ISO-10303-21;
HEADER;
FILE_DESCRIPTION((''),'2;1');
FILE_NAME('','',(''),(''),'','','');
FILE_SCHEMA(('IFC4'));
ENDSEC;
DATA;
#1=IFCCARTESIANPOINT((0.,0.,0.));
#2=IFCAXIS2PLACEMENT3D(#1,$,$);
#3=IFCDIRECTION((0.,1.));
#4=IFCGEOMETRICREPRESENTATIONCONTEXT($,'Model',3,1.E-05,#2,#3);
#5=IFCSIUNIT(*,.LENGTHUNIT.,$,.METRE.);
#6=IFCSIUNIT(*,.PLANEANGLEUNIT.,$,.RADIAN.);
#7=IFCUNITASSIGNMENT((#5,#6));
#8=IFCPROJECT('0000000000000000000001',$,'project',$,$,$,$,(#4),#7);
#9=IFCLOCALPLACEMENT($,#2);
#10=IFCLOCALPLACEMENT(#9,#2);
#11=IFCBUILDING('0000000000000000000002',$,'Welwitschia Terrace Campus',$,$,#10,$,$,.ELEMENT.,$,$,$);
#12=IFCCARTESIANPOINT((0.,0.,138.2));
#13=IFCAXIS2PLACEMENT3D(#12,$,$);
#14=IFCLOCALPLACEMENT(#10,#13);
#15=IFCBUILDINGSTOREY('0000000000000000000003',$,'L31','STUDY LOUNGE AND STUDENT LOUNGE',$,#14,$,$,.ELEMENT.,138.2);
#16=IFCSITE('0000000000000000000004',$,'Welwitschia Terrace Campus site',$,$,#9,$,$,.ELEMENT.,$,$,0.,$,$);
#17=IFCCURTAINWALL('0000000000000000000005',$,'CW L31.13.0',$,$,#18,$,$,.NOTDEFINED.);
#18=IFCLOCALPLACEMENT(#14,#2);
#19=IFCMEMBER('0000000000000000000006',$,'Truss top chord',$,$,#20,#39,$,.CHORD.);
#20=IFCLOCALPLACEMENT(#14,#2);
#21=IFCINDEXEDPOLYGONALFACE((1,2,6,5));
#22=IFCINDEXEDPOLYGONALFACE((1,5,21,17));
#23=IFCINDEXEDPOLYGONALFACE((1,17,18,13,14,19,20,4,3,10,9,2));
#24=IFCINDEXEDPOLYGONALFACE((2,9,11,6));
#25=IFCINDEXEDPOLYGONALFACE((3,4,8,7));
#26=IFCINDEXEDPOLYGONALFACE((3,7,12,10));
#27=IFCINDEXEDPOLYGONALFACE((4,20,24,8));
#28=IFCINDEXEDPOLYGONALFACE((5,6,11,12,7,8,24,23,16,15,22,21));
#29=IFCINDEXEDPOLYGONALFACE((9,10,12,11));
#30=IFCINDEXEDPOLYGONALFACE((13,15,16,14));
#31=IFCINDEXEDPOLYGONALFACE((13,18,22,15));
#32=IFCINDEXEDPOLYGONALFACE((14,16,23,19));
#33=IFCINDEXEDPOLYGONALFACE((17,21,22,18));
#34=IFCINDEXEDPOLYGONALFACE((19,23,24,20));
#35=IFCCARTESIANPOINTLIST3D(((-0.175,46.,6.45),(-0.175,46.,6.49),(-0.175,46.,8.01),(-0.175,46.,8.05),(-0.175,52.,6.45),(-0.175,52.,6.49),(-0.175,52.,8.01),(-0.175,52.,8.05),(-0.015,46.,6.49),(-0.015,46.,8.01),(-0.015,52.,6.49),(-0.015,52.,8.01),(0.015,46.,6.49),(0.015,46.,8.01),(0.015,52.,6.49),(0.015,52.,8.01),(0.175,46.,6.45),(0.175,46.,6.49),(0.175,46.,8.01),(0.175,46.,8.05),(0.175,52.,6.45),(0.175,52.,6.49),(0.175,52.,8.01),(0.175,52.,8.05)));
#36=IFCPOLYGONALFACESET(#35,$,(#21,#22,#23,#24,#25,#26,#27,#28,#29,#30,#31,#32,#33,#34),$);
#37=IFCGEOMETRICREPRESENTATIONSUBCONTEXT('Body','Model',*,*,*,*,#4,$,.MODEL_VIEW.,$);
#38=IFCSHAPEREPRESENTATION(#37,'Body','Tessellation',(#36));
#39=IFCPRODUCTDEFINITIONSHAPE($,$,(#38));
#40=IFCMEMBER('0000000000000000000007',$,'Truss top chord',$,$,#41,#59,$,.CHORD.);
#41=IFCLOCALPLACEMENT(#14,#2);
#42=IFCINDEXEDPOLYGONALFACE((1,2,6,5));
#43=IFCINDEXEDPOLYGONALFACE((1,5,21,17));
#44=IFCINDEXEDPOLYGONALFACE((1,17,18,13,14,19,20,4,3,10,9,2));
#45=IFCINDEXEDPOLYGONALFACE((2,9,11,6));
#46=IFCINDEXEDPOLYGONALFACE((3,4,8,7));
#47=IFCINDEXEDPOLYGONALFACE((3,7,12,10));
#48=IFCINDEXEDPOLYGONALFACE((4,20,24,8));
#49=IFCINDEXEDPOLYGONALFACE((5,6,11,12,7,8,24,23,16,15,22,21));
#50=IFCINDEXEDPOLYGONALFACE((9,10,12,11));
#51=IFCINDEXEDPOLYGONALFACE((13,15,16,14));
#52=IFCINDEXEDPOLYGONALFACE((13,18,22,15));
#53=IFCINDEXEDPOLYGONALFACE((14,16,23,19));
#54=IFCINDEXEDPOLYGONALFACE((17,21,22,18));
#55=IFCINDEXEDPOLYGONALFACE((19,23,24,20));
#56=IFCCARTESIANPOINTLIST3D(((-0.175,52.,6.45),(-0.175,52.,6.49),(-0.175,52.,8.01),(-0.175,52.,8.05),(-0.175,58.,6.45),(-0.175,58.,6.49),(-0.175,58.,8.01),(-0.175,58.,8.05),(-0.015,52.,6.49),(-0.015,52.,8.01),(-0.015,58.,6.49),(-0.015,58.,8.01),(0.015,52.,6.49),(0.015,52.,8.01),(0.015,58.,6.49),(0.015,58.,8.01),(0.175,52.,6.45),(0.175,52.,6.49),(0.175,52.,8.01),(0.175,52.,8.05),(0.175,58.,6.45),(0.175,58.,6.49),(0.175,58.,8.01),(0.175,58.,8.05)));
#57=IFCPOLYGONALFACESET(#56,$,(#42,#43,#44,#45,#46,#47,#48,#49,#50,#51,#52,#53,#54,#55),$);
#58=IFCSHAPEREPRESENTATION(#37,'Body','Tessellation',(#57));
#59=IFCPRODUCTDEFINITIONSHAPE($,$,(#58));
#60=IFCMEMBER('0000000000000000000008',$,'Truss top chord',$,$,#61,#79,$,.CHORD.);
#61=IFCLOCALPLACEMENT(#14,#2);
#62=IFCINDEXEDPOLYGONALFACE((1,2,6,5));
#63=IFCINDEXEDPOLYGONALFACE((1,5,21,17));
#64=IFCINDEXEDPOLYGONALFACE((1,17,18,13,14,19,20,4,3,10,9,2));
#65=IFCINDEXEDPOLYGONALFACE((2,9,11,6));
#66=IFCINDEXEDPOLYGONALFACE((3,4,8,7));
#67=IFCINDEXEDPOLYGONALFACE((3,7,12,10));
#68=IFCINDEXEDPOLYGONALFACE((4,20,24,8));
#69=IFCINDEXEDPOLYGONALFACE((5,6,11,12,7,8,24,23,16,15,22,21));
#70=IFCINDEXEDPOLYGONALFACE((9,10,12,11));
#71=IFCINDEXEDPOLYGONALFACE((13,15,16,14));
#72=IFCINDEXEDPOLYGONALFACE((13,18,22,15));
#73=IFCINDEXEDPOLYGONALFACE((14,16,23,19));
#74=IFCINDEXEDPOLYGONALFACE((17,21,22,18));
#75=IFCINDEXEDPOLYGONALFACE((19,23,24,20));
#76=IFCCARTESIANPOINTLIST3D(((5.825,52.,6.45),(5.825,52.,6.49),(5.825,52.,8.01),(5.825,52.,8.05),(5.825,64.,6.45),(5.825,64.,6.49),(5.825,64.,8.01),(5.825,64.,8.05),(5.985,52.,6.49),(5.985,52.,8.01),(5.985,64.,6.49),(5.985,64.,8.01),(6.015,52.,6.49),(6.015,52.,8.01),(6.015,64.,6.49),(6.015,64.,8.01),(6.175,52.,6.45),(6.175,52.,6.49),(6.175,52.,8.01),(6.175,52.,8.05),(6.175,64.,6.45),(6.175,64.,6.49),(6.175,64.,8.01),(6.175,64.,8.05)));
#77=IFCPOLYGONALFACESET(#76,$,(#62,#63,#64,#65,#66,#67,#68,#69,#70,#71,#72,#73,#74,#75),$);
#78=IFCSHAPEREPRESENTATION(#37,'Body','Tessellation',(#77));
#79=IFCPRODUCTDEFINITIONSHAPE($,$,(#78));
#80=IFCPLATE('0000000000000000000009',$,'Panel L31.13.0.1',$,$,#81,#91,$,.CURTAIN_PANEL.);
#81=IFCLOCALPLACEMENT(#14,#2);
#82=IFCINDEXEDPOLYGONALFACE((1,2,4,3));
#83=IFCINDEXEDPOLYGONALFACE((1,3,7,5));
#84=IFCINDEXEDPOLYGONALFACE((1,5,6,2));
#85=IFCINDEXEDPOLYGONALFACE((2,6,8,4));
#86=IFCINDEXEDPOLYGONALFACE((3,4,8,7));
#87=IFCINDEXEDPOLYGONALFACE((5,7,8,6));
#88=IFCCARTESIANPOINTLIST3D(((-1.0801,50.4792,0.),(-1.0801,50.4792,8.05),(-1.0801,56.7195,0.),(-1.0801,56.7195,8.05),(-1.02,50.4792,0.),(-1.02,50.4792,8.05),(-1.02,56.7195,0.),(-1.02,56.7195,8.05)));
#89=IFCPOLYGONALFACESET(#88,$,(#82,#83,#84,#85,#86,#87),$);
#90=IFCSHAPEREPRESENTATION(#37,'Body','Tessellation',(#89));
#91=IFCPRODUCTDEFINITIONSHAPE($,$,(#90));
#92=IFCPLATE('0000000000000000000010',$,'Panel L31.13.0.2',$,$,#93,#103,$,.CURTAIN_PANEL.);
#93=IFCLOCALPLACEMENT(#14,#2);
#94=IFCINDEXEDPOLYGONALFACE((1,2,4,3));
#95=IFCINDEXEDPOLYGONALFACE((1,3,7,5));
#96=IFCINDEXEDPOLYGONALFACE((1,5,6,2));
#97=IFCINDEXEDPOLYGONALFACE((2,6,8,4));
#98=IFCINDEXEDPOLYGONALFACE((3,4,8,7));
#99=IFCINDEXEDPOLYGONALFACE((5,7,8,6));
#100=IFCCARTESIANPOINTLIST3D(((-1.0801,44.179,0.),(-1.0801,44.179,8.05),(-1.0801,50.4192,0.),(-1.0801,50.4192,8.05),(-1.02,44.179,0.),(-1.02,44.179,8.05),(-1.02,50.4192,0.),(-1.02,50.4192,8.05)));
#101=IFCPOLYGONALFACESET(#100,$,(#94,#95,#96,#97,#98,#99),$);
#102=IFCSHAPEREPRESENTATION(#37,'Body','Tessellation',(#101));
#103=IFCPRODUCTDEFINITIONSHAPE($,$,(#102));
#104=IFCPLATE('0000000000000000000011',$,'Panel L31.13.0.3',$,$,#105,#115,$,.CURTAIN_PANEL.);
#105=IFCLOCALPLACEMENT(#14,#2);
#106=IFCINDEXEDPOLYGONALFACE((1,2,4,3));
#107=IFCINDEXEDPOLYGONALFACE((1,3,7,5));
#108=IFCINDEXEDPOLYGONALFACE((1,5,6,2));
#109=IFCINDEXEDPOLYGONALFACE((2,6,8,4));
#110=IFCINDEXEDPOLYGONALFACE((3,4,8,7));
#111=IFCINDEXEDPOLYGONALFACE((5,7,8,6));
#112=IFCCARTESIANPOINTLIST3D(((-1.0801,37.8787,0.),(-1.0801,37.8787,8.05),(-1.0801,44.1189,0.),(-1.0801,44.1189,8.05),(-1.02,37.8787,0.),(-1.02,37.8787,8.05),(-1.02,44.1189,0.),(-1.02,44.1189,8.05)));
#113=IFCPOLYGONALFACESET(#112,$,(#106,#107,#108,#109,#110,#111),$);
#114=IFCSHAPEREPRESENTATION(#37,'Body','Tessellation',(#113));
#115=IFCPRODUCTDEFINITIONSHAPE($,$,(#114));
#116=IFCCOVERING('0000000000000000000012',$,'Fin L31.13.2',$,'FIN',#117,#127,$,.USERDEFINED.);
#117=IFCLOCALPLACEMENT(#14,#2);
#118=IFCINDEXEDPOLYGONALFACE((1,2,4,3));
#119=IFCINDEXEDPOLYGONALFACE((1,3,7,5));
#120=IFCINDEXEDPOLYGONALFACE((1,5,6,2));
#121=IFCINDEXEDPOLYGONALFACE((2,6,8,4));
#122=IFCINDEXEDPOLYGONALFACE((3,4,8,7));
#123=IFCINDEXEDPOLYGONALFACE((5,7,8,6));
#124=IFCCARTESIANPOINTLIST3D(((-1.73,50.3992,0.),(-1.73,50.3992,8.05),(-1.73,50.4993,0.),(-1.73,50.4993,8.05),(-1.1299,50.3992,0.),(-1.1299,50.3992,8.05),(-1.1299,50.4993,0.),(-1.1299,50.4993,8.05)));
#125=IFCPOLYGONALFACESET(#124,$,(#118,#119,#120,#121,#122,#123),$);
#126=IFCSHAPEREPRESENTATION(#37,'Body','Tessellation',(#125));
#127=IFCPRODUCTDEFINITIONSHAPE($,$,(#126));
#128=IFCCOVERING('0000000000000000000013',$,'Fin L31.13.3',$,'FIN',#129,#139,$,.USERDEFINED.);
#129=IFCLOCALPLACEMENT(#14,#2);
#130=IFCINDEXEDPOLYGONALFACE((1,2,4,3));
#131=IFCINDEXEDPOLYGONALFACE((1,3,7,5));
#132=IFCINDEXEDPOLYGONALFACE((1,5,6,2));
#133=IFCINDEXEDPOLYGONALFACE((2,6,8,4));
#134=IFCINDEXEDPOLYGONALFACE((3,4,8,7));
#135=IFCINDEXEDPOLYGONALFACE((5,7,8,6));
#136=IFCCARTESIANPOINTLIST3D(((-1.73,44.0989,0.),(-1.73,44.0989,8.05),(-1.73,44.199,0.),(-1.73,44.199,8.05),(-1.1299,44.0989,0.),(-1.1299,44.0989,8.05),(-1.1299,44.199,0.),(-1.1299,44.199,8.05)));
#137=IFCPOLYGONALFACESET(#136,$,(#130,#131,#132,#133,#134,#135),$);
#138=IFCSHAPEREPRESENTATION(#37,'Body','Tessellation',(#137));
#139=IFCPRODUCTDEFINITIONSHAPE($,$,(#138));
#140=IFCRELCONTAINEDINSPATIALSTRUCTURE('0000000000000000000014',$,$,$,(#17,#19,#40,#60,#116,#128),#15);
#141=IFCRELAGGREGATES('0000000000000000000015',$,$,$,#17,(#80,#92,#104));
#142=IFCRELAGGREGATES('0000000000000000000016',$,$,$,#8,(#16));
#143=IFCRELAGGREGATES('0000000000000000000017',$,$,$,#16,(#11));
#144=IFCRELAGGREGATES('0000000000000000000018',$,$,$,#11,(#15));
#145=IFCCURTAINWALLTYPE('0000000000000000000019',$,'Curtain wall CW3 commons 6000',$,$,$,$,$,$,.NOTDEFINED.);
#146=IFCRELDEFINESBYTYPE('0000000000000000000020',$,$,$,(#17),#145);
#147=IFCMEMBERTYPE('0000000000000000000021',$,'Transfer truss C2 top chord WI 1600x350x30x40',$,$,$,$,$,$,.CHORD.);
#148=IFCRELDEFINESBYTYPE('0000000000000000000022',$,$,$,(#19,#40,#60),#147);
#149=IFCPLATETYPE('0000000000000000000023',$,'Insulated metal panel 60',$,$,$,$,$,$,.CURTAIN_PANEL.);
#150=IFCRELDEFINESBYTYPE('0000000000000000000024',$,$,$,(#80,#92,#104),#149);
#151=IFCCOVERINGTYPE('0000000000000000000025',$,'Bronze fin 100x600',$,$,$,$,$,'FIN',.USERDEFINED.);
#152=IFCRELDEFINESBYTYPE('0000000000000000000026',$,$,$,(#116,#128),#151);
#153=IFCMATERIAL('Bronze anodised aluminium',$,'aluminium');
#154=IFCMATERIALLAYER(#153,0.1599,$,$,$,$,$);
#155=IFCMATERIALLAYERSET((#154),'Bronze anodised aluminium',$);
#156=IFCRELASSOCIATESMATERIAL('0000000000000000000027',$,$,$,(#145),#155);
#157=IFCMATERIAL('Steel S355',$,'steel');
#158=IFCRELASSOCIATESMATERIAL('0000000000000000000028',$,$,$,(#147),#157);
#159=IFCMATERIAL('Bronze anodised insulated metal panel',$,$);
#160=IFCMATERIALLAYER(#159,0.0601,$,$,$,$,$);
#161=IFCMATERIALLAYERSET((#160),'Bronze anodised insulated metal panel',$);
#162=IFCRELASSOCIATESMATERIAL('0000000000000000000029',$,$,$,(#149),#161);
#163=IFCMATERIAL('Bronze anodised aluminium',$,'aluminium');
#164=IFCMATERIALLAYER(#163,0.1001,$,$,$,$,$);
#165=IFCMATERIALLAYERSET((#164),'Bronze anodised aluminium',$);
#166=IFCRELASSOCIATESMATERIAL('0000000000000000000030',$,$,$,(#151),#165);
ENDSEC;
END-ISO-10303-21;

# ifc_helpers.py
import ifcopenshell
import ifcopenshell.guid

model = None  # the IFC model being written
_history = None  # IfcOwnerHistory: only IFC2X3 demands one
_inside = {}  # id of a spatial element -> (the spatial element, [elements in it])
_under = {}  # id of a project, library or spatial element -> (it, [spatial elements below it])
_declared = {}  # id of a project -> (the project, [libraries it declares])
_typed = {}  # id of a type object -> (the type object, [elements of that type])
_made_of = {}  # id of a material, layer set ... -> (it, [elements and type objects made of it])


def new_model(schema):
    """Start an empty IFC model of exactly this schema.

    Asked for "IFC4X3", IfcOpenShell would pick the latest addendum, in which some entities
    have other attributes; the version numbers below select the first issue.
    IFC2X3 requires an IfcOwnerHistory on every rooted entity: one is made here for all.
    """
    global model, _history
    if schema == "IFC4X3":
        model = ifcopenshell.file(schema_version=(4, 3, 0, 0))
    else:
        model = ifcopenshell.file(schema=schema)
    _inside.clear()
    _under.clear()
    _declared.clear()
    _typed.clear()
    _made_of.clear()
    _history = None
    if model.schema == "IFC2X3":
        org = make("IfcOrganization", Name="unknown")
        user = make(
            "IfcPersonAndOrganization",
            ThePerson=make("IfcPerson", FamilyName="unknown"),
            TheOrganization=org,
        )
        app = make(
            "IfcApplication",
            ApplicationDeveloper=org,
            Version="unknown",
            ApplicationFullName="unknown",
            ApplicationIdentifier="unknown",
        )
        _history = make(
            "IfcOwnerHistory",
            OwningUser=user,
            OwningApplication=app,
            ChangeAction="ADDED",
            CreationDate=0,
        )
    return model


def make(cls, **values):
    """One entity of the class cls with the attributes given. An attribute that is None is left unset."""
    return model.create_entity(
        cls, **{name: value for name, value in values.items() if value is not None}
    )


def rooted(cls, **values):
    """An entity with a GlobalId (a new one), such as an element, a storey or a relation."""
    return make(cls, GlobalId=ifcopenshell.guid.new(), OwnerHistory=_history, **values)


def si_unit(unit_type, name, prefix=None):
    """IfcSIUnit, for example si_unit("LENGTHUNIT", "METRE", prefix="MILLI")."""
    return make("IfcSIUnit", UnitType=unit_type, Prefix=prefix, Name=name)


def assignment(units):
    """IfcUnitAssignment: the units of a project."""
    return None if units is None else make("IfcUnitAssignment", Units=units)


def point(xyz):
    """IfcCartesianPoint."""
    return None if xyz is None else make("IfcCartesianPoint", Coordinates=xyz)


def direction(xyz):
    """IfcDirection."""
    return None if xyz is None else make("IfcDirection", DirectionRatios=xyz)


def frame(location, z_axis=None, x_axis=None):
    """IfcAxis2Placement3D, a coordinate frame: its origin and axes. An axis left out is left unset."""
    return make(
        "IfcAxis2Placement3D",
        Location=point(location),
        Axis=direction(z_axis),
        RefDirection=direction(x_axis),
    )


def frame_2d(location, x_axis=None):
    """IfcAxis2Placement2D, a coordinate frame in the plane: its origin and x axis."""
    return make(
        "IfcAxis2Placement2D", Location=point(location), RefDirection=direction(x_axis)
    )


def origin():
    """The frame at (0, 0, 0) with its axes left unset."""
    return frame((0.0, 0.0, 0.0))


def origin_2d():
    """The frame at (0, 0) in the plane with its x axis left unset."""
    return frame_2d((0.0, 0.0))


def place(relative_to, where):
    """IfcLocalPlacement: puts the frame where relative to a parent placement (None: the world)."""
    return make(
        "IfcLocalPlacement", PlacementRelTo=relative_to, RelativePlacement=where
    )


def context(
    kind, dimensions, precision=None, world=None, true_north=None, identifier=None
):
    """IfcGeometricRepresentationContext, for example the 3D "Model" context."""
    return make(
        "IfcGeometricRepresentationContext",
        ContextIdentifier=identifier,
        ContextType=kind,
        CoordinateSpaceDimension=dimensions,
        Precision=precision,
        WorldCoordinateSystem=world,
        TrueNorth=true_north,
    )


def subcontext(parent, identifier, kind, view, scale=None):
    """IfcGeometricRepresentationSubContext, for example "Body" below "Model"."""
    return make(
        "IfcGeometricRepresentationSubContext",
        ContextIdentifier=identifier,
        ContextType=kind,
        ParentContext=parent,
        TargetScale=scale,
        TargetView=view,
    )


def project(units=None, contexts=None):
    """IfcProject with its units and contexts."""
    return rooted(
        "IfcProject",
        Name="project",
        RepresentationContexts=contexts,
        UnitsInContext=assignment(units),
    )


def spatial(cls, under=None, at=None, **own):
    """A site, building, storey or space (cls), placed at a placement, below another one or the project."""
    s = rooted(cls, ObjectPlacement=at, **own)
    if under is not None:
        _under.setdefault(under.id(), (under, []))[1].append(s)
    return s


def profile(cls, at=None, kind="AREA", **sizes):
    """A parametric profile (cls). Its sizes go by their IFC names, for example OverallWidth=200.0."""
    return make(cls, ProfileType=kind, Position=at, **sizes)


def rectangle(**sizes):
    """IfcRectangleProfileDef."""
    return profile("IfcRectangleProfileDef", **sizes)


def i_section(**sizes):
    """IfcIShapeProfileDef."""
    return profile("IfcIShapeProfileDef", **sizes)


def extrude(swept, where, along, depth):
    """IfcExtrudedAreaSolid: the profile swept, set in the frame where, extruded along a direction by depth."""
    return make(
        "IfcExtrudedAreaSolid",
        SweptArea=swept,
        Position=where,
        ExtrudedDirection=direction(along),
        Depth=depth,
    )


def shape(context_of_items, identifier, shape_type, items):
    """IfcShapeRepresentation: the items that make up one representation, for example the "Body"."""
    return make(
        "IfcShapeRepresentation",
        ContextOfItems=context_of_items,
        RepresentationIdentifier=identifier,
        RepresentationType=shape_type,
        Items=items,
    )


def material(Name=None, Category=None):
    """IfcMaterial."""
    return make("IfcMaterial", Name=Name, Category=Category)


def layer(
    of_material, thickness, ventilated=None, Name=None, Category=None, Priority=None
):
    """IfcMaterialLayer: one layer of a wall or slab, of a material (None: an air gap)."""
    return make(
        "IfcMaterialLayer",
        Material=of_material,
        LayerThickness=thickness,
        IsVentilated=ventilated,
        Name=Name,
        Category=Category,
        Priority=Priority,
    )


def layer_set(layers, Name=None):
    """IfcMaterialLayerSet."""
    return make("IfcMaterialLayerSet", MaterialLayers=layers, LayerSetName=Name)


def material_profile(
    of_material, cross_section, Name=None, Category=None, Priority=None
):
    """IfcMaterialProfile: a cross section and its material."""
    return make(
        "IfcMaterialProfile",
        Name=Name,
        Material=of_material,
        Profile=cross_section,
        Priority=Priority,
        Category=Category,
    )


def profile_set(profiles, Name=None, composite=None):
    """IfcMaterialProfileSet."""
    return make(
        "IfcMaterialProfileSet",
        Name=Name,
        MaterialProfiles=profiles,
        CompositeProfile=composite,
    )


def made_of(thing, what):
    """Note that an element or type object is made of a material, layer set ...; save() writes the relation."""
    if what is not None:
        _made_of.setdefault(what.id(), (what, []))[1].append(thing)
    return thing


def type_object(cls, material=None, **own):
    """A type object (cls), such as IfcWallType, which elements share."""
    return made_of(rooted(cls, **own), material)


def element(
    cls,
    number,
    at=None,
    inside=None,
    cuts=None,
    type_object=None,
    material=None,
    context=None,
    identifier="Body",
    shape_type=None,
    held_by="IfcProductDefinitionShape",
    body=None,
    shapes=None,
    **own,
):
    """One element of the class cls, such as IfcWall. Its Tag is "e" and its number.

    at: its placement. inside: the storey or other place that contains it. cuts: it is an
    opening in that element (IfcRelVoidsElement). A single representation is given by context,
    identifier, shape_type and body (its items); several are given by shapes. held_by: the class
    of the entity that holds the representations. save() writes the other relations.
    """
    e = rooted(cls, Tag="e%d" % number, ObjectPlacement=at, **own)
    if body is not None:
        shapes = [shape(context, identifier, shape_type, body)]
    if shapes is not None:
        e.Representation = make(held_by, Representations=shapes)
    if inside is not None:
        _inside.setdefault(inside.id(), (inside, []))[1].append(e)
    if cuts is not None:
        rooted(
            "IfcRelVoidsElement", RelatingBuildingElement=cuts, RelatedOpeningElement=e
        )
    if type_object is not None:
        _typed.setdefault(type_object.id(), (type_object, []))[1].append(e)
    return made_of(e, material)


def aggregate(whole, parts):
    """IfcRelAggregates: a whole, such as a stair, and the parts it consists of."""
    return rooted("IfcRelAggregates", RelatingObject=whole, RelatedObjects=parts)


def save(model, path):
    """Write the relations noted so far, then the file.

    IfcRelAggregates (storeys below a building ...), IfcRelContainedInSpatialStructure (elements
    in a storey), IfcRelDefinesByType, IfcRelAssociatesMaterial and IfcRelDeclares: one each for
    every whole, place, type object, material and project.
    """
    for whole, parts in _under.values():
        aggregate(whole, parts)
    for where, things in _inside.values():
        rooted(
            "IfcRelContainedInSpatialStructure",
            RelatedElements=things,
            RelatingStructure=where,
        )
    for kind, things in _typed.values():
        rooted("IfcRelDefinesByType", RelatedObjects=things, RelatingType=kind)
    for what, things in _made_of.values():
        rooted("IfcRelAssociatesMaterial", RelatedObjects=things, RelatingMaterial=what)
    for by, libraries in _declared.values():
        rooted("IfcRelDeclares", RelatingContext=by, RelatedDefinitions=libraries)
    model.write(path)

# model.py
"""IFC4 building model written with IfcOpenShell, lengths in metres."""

from ifc_helpers import new_model, si_unit, direction, frame, origin, origin_2d, place, context, subcontext, project, spatial, rectangle, i_section, extrude, material, layer, layer_set, material_profile, profile_set, type_object, element, aggregate, save


model = new_model("IFC4")

# Units and contexts
model_context = context("Model", 3, precision=1e-05, world=origin(), true_north=direction((0.0, 1.0)))
body_context = subcontext(model_context, "Body", "Model", "MODEL_VIEW")
ifc_project = project(units=[si_unit("LENGTHUNIT", "METRE"), si_unit("PLANEANGLEUNIT", "RADIAN")], contexts=[model_context])

# Site, building, storey
site_placement = place(None, origin())
site = spatial("IfcSite", under=ifc_project, at=site_placement, Name="Welwitschia Terrace Campus site", CompositionType="ELEMENT", RefElevation=0.0)
building_placement = place(site_placement, origin())
building = spatial("IfcBuilding", under=site, at=building_placement, Name="Welwitschia Terrace Campus", CompositionType="ELEMENT")
storey_placement = place(building_placement, frame((0.0, 0.0, 138.2)))
storey = spatial("IfcBuildingStorey", under=building, at=storey_placement, Name="L31", Description="STUDY LOUNGE AND STUDENT LOUNGE", CompositionType="ELEMENT", Elevation=138.2)

# Curtain wall
ifc_material_1 = material(Name="Bronze anodised aluminium", Category="aluminium")
ifc_layer_1 = layer(ifc_material_1, 0.1599)
ifc_layer_set_1 = layer_set([ifc_layer_1], Name="Bronze anodised aluminium")
curtain_wall_type = type_object("IfcCurtainWallType", Name="Curtain wall CW3 commons 6000", PredefinedType="NOTDEFINED", material=ifc_layer_set_1)
curtain_wall_placement = place(storey_placement, origin())
curtain_wall = element("IfcCurtainWall", 1, at=curtain_wall_placement, inside=storey, type_object=curtain_wall_type, Name="CW L31.13.0", PredefinedType="NOTDEFINED")

# Members
ifc_material_2 = material(Name="Steel S355", Category="steel")
ifc_material_profile_1 = material_profile(ifc_material_2, i_section(OverallWidth=0.3501, OverallDepth=1.6001, WebThickness=0.03, FlangeThickness=0.04, at=origin_2d()))
ifc_profile_set_1 = profile_set([ifc_material_profile_1], Name="Steel S355")
member_type_1 = type_object("IfcMemberType", Name="Transfer truss C2 top chord WI 1600x350x30x40", PredefinedType="CHORD", material=ifc_profile_set_1)
for number, where, z_axis, x_axis, name in (
    (2, (0.0, 46.0, 7.25), (0.0, 1.0, 0.0), (-1.0, 0.0, 0.0), "Truss top chord"),
    (3, (0.0, 52.0, 7.25), (0.0, 1.0, 0.0), (-1.0, 0.0, 0.0), "Truss top chord"),
):
    element("IfcMember", number, at=place(storey_placement, frame(where, z_axis=z_axis, x_axis=x_axis)), inside=storey, type_object=member_type_1, Name=name, PredefinedType="CHORD", context=body_context, shape_type="SweptSolid", body=[
        extrude(i_section(OverallWidth=0.3501, OverallDepth=1.6001, WebThickness=0.03, FlangeThickness=0.04, at=origin_2d()), origin(), (0.0, 0.0, 1.0), 6.0),
    ])
member_1_placement = place(storey_placement, frame((6.0, 52.0, 7.25), z_axis=(0.0, 1.0, 0.0), x_axis=(-1.0, 0.0, 0.0)))
element("IfcMember", 4, at=member_1_placement, inside=storey, type_object=member_type_1, Name="Truss top chord", PredefinedType="CHORD", context=body_context, shape_type="SweptSolid", body=[
    extrude(i_section(OverallWidth=0.3501, OverallDepth=1.6001, WebThickness=0.03, FlangeThickness=0.04, at=origin_2d()), origin(), (0.0, 0.0, 1.0), 12.0),
])

# Plates
ifc_material_3 = material(Name="Bronze anodised insulated metal panel")
ifc_layer_2 = layer(ifc_material_3, 0.0601)
ifc_layer_set_2 = layer_set([ifc_layer_2], Name="Bronze anodised insulated metal panel")
plate_type = type_object("IfcPlateType", Name="Insulated metal panel 60", PredefinedType="CURTAIN_PANEL", material=ifc_layer_set_2)
plate_1_placement = place(storey_placement, frame((-1.05, 53.5994, 0.0), z_axis=(0.0, 0.0, 1.0), x_axis=(0.0, -1.0, 0.0)))
plate_1 = element("IfcPlate", 5, at=plate_1_placement, type_object=plate_type, Name="Panel L31.13.0.1", PredefinedType="CURTAIN_PANEL", context=body_context, shape_type="SweptSolid", body=[
    extrude(rectangle(XDim=6.2402, YDim=0.0601, at=origin_2d()), origin(), (0.0, 0.0, 1.0), 8.05),
])
plate_2_placement = place(storey_placement, frame((-1.05, 47.2991, 0.0), z_axis=(0.0, 0.0, 1.0), x_axis=(0.0, -1.0, 0.0)))
plate_2 = element("IfcPlate", 6, at=plate_2_placement, type_object=plate_type, Name="Panel L31.13.0.2", PredefinedType="CURTAIN_PANEL", context=body_context, shape_type="SweptSolid", body=[
    extrude(rectangle(XDim=6.2402, YDim=0.0601, at=origin_2d()), origin(), (0.0, 0.0, 1.0), 8.05),
])
plate_3_placement = place(storey_placement, frame((-1.05, 40.9988, 0.0), z_axis=(0.0, 0.0, 1.0), x_axis=(0.0, -1.0, 0.0)))
plate_3 = element("IfcPlate", 7, at=plate_3_placement, type_object=plate_type, Name="Panel L31.13.0.3", PredefinedType="CURTAIN_PANEL", context=body_context, shape_type="SweptSolid", body=[
    extrude(rectangle(XDim=6.2402, YDim=0.0601, at=origin_2d()), origin(), (0.0, 0.0, 1.0), 8.05),
])
aggregate(curtain_wall, [plate_1, plate_2, plate_3])

# Coverings
ifc_material_4 = material(Name="Bronze anodised aluminium", Category="aluminium")
ifc_layer_3 = layer(ifc_material_4, 0.1001)
ifc_layer_set_3 = layer_set([ifc_layer_3], Name="Bronze anodised aluminium")
covering_type = type_object("IfcCoveringType", Name="Bronze fin 100x600", ElementType="FIN", PredefinedType="USERDEFINED", material=ifc_layer_set_3)
for number, where, z_axis, x_axis, name in (
    (8, (-1.4299, 50.4492, 0.0), (0.0, 0.0, 1.0), (0.0, -1.0, 0.0), "Fin L31.13.2"),
    (9, (-1.4299, 44.1489, 0.0), (0.0, 0.0, 1.0), (0.0, -1.0, 0.0), "Fin L31.13.3"),
):
    element("IfcCovering", number, at=place(storey_placement, frame(where, z_axis=z_axis, x_axis=x_axis)), inside=storey, type_object=covering_type, Name=name, ObjectType="FIN", PredefinedType="USERDEFINED", context=body_context, shape_type="SweptSolid", body=[
        extrude(rectangle(XDim=0.1001, YDim=0.6001, at=origin_2d()), origin(), (0.0, 0.0, 1.0), 8.05),
    ])

save(model, "model.ifc")
